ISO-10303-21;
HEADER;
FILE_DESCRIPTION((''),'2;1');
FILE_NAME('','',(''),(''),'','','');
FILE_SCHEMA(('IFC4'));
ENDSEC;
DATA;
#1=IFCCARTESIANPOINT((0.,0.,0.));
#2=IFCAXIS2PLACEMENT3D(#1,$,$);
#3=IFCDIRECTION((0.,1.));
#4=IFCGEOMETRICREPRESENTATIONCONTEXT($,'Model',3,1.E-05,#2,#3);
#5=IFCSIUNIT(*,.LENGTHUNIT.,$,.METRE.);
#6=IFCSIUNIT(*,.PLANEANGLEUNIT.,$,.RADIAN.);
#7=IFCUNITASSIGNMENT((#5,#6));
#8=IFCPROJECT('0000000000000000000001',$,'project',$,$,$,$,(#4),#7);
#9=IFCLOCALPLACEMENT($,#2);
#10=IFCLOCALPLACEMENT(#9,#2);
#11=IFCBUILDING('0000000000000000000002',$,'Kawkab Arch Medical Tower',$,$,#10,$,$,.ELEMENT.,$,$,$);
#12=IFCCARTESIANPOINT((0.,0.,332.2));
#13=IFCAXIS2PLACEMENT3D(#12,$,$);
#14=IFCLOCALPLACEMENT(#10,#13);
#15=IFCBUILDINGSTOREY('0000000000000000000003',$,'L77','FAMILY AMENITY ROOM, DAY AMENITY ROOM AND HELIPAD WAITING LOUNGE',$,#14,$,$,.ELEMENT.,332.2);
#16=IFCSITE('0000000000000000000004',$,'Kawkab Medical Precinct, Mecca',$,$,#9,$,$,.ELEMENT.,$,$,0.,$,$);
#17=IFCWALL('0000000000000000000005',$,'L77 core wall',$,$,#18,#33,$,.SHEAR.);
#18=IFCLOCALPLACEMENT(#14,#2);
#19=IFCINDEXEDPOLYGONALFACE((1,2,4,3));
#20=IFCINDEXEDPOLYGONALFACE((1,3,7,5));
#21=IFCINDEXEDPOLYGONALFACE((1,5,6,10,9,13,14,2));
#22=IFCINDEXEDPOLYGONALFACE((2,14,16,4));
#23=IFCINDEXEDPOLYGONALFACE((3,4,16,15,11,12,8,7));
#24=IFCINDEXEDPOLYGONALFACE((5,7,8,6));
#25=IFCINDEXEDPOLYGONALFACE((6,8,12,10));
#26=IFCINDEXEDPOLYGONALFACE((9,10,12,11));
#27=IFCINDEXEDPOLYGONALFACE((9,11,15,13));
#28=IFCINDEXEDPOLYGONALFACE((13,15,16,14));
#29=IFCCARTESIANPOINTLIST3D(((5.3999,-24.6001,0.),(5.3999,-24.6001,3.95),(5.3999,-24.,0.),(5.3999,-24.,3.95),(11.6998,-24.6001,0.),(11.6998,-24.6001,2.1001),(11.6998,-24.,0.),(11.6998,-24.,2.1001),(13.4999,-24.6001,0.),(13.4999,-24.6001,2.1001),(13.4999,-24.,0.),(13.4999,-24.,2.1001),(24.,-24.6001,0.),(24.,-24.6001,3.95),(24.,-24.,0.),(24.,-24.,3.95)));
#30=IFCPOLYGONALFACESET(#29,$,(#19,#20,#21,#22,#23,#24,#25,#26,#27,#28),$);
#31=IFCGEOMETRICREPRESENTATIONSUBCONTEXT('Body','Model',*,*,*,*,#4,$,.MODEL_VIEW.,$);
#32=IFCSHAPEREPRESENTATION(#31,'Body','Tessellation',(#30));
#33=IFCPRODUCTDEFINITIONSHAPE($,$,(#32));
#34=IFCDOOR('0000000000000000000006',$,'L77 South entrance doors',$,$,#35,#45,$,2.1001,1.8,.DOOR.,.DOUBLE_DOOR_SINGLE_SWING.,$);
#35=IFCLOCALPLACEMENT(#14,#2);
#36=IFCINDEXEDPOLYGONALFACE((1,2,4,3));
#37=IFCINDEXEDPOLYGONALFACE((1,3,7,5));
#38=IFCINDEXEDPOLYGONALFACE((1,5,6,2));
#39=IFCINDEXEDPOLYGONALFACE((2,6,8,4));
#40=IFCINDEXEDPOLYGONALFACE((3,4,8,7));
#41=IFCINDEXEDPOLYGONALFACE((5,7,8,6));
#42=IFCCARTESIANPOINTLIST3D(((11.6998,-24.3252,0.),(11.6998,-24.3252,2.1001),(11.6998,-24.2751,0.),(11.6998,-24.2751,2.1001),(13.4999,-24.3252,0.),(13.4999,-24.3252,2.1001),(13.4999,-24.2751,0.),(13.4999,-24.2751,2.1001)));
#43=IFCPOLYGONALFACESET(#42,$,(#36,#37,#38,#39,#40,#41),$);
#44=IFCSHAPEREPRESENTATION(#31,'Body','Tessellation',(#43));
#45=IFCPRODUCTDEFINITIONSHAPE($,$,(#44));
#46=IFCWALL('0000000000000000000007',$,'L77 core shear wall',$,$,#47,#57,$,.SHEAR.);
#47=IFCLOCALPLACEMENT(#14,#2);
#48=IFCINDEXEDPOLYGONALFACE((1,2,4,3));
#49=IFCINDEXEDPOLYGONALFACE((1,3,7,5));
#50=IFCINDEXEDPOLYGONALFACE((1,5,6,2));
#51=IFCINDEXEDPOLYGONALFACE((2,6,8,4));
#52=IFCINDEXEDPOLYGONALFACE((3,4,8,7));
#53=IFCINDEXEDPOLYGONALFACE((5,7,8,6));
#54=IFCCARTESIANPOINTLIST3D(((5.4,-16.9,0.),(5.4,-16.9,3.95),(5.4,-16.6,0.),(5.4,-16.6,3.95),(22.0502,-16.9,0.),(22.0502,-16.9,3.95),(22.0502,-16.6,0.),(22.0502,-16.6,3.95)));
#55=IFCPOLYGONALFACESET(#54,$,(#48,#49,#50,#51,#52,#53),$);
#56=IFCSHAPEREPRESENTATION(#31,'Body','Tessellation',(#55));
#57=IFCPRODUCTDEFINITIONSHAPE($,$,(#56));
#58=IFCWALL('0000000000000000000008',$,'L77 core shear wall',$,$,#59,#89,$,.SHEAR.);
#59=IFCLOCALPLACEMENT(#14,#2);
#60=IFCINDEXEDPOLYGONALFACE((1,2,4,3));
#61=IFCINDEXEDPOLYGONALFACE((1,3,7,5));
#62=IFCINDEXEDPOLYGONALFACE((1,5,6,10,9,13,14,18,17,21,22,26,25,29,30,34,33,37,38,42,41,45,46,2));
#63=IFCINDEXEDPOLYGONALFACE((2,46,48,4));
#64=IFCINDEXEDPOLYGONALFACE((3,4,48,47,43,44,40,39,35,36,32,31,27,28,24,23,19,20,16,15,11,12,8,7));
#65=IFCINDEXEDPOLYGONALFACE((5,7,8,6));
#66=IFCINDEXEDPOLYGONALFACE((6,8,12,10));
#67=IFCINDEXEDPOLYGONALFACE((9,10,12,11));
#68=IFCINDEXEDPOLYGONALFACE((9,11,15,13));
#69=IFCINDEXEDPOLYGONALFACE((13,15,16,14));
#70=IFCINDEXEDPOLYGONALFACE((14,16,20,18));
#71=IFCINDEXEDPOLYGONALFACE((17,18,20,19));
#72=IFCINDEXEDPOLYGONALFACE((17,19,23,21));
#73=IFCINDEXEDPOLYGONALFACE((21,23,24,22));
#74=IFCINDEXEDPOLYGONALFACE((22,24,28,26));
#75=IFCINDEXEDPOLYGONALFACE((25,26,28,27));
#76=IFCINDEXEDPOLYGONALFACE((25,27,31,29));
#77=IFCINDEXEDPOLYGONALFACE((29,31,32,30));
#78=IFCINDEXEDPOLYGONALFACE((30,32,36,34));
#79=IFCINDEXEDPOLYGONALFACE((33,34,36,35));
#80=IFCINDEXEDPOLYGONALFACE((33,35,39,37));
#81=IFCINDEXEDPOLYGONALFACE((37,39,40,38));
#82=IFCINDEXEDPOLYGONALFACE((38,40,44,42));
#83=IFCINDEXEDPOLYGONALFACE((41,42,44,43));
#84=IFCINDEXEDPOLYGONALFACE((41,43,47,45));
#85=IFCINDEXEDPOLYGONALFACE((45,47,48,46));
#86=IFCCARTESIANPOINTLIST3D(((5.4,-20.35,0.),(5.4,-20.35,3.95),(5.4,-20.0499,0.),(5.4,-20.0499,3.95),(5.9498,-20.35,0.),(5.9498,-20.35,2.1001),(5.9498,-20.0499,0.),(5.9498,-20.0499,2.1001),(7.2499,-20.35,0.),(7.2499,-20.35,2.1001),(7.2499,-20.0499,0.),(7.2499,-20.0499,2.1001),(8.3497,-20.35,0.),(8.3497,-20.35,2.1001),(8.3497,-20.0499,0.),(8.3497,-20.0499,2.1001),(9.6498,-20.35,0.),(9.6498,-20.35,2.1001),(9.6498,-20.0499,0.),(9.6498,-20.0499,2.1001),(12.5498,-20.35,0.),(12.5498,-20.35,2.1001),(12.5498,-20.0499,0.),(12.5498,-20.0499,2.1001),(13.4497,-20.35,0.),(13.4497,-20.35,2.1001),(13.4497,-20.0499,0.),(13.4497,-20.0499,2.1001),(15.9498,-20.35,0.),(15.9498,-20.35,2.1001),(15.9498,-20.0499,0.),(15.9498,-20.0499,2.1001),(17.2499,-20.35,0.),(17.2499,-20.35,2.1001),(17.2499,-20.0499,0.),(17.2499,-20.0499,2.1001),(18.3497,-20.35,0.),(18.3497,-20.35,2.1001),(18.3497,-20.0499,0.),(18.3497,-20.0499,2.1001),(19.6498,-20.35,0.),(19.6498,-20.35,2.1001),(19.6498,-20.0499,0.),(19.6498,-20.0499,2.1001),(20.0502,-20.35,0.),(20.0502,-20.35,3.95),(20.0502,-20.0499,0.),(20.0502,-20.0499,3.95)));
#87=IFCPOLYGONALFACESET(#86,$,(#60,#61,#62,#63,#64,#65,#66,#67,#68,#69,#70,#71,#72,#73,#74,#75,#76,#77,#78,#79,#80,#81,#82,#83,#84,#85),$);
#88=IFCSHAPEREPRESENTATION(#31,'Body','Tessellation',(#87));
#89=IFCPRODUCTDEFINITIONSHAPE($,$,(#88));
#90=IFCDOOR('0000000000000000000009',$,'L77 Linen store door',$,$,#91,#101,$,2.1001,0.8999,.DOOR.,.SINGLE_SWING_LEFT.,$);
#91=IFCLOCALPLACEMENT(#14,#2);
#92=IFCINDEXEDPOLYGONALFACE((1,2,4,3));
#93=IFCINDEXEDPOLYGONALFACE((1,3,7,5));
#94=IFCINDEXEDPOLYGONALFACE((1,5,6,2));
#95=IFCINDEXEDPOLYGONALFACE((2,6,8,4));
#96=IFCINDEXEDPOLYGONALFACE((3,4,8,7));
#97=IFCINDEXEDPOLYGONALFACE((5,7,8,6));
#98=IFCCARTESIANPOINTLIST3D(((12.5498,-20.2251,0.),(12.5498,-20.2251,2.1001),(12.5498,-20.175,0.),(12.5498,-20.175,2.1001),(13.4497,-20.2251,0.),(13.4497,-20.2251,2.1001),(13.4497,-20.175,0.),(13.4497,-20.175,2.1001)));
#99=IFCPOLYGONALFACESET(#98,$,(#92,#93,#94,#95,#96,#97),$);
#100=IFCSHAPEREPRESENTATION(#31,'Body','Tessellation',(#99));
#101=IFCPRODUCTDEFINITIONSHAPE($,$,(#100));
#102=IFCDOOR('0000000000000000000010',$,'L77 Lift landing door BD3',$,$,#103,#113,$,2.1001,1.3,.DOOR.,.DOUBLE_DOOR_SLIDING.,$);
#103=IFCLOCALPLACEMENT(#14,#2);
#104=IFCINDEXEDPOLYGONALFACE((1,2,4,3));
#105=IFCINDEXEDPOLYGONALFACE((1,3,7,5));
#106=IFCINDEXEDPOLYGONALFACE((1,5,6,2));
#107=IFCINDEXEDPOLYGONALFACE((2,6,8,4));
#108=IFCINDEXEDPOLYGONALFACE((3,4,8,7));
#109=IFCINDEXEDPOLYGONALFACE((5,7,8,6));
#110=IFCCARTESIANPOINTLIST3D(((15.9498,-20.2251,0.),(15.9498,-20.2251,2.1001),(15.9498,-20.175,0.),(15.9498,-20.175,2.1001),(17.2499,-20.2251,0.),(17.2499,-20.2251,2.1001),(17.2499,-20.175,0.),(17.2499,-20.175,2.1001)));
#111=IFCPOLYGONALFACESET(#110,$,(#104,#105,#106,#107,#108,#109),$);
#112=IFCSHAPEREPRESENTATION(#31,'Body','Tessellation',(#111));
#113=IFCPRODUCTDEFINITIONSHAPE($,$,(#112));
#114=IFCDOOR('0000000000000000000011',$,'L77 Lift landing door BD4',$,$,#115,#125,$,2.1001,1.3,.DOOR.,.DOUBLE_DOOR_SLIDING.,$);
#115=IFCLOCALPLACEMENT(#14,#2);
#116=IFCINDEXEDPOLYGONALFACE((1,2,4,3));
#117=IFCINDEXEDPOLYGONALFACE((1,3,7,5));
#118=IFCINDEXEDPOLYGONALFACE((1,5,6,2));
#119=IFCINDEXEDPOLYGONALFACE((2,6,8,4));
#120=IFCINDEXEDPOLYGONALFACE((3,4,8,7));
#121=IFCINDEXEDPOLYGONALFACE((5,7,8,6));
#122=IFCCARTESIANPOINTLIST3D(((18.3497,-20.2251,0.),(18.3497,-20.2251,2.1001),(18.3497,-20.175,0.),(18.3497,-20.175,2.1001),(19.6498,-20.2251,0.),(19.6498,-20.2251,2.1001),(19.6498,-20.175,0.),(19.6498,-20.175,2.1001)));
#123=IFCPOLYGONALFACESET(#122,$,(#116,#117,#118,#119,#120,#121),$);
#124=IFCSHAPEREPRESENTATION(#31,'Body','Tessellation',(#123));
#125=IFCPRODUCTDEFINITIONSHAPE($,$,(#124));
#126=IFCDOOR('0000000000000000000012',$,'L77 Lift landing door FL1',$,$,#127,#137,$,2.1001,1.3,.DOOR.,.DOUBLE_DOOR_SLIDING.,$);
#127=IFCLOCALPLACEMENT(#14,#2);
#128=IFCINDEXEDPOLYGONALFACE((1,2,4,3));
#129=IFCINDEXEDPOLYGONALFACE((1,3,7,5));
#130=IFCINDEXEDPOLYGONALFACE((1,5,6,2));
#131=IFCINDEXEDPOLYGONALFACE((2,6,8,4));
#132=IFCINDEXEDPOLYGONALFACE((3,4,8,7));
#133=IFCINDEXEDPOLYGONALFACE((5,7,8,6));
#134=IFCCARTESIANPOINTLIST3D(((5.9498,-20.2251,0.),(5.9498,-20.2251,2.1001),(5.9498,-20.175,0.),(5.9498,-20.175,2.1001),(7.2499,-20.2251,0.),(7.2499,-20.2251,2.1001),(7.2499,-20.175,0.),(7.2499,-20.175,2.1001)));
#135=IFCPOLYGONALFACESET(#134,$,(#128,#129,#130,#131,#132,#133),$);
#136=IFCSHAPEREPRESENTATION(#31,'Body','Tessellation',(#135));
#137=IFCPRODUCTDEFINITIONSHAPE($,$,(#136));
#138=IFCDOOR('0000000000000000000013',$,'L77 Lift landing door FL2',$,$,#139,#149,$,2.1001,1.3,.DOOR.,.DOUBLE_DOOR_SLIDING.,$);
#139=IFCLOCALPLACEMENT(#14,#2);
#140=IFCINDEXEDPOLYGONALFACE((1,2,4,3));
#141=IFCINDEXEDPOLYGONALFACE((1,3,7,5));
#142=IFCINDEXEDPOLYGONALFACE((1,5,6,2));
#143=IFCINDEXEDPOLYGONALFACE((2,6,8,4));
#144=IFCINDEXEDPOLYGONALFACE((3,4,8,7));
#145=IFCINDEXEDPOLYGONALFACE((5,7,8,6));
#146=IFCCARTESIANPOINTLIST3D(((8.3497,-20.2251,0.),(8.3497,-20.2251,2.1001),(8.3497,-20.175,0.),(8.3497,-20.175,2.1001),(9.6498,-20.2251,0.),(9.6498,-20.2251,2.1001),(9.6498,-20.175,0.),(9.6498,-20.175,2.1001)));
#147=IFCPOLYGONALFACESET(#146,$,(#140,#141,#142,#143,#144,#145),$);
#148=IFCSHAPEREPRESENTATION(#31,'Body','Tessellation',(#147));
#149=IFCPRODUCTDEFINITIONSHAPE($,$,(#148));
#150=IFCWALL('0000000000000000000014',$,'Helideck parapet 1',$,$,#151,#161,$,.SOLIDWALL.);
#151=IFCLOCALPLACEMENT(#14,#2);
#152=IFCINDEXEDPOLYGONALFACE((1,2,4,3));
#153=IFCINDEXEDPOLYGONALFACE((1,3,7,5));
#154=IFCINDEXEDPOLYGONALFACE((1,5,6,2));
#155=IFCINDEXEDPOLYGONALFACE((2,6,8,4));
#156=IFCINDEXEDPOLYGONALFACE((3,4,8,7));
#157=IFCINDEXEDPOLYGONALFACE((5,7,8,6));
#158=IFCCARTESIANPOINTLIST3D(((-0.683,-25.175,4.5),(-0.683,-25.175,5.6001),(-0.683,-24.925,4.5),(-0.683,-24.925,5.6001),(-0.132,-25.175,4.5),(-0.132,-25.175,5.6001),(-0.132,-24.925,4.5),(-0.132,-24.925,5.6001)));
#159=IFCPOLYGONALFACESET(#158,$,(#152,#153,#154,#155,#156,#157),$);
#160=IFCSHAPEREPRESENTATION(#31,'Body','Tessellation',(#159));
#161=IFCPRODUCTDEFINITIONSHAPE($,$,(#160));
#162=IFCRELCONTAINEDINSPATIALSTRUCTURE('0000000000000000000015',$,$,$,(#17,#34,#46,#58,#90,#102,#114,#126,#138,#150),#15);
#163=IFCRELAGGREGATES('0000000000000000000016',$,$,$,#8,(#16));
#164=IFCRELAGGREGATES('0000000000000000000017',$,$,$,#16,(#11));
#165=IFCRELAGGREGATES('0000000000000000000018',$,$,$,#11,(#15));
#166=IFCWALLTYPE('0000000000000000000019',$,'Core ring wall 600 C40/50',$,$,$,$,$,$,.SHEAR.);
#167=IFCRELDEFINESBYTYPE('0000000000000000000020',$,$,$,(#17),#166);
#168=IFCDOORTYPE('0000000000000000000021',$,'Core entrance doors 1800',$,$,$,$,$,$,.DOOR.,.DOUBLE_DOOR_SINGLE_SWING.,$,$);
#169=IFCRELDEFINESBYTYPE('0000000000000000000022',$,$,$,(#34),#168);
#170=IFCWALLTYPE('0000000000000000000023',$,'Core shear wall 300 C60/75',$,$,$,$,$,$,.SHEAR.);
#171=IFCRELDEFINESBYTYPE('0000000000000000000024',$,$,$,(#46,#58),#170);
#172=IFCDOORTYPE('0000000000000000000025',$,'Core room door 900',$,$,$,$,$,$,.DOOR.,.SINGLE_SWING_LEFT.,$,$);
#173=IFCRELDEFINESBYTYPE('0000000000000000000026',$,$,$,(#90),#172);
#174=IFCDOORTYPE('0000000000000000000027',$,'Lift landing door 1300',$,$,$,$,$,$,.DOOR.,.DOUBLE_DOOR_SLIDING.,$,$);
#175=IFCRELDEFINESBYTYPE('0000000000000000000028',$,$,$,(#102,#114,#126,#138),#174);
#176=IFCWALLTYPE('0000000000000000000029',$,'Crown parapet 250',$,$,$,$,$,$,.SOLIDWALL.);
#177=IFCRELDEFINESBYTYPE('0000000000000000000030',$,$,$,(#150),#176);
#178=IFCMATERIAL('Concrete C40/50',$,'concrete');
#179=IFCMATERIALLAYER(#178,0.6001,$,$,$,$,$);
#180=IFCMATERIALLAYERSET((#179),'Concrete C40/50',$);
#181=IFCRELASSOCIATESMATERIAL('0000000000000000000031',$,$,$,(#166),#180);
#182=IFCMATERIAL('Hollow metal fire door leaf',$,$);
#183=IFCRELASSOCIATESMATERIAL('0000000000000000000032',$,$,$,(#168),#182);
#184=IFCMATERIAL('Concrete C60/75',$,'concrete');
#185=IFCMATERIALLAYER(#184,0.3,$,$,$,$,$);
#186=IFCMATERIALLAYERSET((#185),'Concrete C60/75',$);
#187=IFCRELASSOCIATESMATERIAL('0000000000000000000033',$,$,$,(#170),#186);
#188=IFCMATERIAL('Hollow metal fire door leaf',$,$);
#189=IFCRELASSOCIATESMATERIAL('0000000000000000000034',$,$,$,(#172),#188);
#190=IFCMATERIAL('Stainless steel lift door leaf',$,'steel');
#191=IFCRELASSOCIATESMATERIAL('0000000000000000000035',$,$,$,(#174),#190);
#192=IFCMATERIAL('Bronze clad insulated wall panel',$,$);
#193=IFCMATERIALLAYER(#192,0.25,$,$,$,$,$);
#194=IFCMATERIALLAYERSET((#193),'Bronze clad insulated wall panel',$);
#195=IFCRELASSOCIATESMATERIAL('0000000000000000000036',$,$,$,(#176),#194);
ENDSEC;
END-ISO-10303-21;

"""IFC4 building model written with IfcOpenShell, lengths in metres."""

from ifc_helpers import new_model, si_unit, direction, frame, frame_2d, origin, place, context, subcontext, project, spatial, rectangle, extrude, material, layer, layer_set, type_object, element, fill, save


model = new_model("IFC4")

# Units and contexts
model_context = context("Model", 3, precision=1e-05, world=origin(), true_north=direction((0.0, 1.0)))
body_context = subcontext(model_context, "Body", "Model", "MODEL_VIEW")
ifc_project = project(units=[si_unit("LENGTHUNIT", "METRE"), si_unit("PLANEANGLEUNIT", "RADIAN")], contexts=[model_context])

# Site, building, storey
site_placement = place(None, origin())
site = spatial("IfcSite", under=ifc_project, at=site_placement, Name="Kawkab Medical Precinct, Mecca", CompositionType="ELEMENT", RefElevation=0.0)
building_placement = place(site_placement, origin())
building = spatial("IfcBuilding", under=site, at=building_placement, Name="Kawkab Arch Medical Tower", CompositionType="ELEMENT")
storey_placement = place(building_placement, frame((0.0, 0.0, 332.2)))
storey = spatial("IfcBuildingStorey", under=building, at=storey_placement, Name="L77", Description="FAMILY AMENITY ROOM, DAY AMENITY ROOM AND HELIPAD WAITING LOUNGE", CompositionType="ELEMENT", Elevation=332.2)

# Wall, opening, door
ifc_material_1 = material(Name="Concrete C40/50", Category="concrete")
ifc_layer_1 = layer(ifc_material_1, 0.6001)
ifc_layer_set_1 = layer_set([ifc_layer_1], Name="Concrete C40/50")
wall_type_1 = type_object("IfcWallType", Name="Core ring wall 600 C40/50", PredefinedType="SHEAR", material=ifc_layer_set_1)
wall_1_placement = place(storey_placement, frame((5.3999, -24.3, 0.0), z_axis=(0.0, 0.0, 1.0), x_axis=(1.0, 0.0, 0.0)))
wall_1 = element("IfcWall", 1, at=wall_1_placement, inside=storey, type_object=wall_type_1, Name="L77 core wall", PredefinedType="SHEAR", context=body_context, shape_type="SweptSolid", body=[
    extrude(rectangle(XDim=18.6001, YDim=0.6001, at=frame_2d((9.3, 0.0))), origin(), (0.0, 0.0, 1.0), 3.95),
])
opening_1_placement = place(wall_1_placement, frame((6.3, 0.0, 0.0)))
opening_1 = element("IfcOpeningElement", 2, at=opening_1_placement, cuts=wall_1, PredefinedType="OPENING", context=body_context, shape_type="SweptSolid", body=[
    extrude(rectangle(XDim=1.8, YDim=2.1001, at=frame_2d((0.8999, 1.05))), frame((0.0, 0.3101, 0.0), z_axis=(0.0, -1.0, 0.0), x_axis=(1.0, 0.0, 0.0)), (0.0, 0.0, 1.0), 0.6201),
])
ifc_material_2 = material(Name="Hollow metal fire door leaf")
door_type_1 = type_object("IfcDoorType", Name="Core entrance doors 1800", OperationType="DOUBLE_DOOR_SINGLE_SWING", PredefinedType="DOOR", material=ifc_material_2)
door_1_placement = place(opening_1_placement, origin())
door_1 = element("IfcDoor", 3, at=door_1_placement, inside=storey, type_object=door_type_1, Name="L77 South entrance doors", OperationType="DOUBLE_DOOR_SINGLE_SWING", OverallHeight=2.1001, OverallWidth=1.8, PredefinedType="DOOR", context=body_context, shape_type="SweptSolid", body=[
    extrude(rectangle(XDim=1.8, YDim=2.1001, at=frame_2d((0.8999, 1.05))), frame((0.0, 0.0249, 0.0), z_axis=(0.0, -1.0, 0.0), x_axis=(1.0, 0.0, 0.0)), (0.0, 0.0, 1.0), 0.05),
])
fill(opening_1, door_1)

# Wall
ifc_material_3 = material(Name="Concrete C60/75", Category="concrete")
ifc_layer_2 = layer(ifc_material_3, 0.3)
ifc_layer_set_2 = layer_set([ifc_layer_2], Name="Concrete C60/75")
wall_type_2 = type_object("IfcWallType", Name="Core shear wall 300 C60/75", PredefinedType="SHEAR", material=ifc_layer_set_2)
wall_2_placement = place(storey_placement, frame((5.3999, -16.75, 0.0), z_axis=(0.0, 0.0, 1.0), x_axis=(1.0, 0.0, 0.0)))
element("IfcWall", 4, at=wall_2_placement, inside=storey, type_object=wall_type_2, Name="L77 core shear wall", PredefinedType="SHEAR", context=body_context, shape_type="SweptSolid", body=[
    extrude(rectangle(XDim=16.6501, YDim=0.3, at=frame_2d((8.3252, 0.0))), origin(), (0.0, 0.0, 1.0), 3.95),
])

# Wall, openings, doors
wall_3_placement = place(storey_placement, frame((5.3999, -20.2, 0.0), z_axis=(0.0, 0.0, 1.0), x_axis=(1.0, 0.0, 0.0)))
wall_3 = element("IfcWall", 5, at=wall_3_placement, inside=storey, type_object=wall_type_2, Name="L77 core shear wall", PredefinedType="SHEAR", context=body_context, shape_type="SweptSolid", body=[
    extrude(rectangle(XDim=14.6501, YDim=0.3, at=frame_2d((7.3252, 0.0))), origin(), (0.0, 0.0, 1.0), 3.95),
])
opening_2_placement = place(wall_3_placement, frame((10.55, 0.0, 0.0)))
opening_2 = element("IfcOpeningElement", 6, at=opening_2_placement, cuts=wall_3, PredefinedType="OPENING", context=body_context, shape_type="SweptSolid", body=[
    extrude(rectangle(XDim=1.3, YDim=2.1001, at=frame_2d((0.6499, 1.05))), frame((0.0, 0.1599, 0.0), z_axis=(0.0, -1.0, 0.0), x_axis=(1.0, 0.0, 0.0)), (0.0, 0.0, 1.0), 0.3201),
])
opening_3_placement = place(wall_3_placement, frame((12.95, 0.0, 0.0)))
opening_3 = element("IfcOpeningElement", 7, at=opening_3_placement, cuts=wall_3, PredefinedType="OPENING", context=body_context, shape_type="SweptSolid", body=[
    extrude(rectangle(XDim=1.3, YDim=2.1001, at=frame_2d((0.6499, 1.05))), frame((0.0, 0.1599, 0.0), z_axis=(0.0, -1.0, 0.0), x_axis=(1.0, 0.0, 0.0)), (0.0, 0.0, 1.0), 0.3201),
])
opening_4_placement = place(wall_3_placement, frame((0.55, 0.0, 0.0)))
opening_4 = element("IfcOpeningElement", 8, at=opening_4_placement, cuts=wall_3, PredefinedType="OPENING", context=body_context, shape_type="SweptSolid", body=[
    extrude(rectangle(XDim=1.3, YDim=2.1001, at=frame_2d((0.6499, 1.05))), frame((0.0, 0.1599, 0.0), z_axis=(0.0, -1.0, 0.0), x_axis=(1.0, 0.0, 0.0)), (0.0, 0.0, 1.0), 0.3201),
])
opening_5_placement = place(wall_3_placement, frame((2.95, 0.0, 0.0)))
opening_5 = element("IfcOpeningElement", 9, at=opening_5_placement, cuts=wall_3, PredefinedType="OPENING", context=body_context, shape_type="SweptSolid", body=[
    extrude(rectangle(XDim=1.3, YDim=2.1001, at=frame_2d((0.6499, 1.05))), frame((0.0, 0.1599, 0.0), z_axis=(0.0, -1.0, 0.0), x_axis=(1.0, 0.0, 0.0)), (0.0, 0.0, 1.0), 0.3201),
])
opening_6_placement = place(wall_3_placement, frame((7.1499, 0.0, 0.0)))
opening_6 = element("IfcOpeningElement", 10, at=opening_6_placement, cuts=wall_3, PredefinedType="OPENING", context=body_context, shape_type="SweptSolid", body=[
    extrude(rectangle(XDim=0.8999, YDim=2.1001, at=frame_2d((0.45, 1.05))), frame((0.0, 0.1599, 0.0), z_axis=(0.0, -1.0, 0.0), x_axis=(1.0, 0.0, 0.0)), (0.0, 0.0, 1.0), 0.3201),
])
ifc_material_4 = material(Name="Hollow metal fire door leaf")
door_type_2 = type_object("IfcDoorType", Name="Core room door 900", OperationType="SINGLE_SWING_LEFT", PredefinedType="DOOR", material=ifc_material_4)
door_2_placement = place(opening_6_placement, origin())
door_2 = element("IfcDoor", 11, at=door_2_placement, inside=storey, type_object=door_type_2, Name="L77 Linen store door", OperationType="SINGLE_SWING_LEFT", OverallHeight=2.1001, OverallWidth=0.8999, PredefinedType="DOOR", context=body_context, shape_type="SweptSolid", body=[
    extrude(rectangle(XDim=0.8999, YDim=2.1001, at=frame_2d((0.45, 1.05))), frame((0.0, 0.0249, 0.0), z_axis=(0.0, -1.0, 0.0), x_axis=(1.0, 0.0, 0.0)), (0.0, 0.0, 1.0), 0.05),
])
fill(opening_6, door_2)
ifc_material_5 = material(Name="Stainless steel lift door leaf", Category="steel")
door_type_3 = type_object("IfcDoorType", Name="Lift landing door 1300", OperationType="DOUBLE_DOOR_SLIDING", PredefinedType="DOOR", material=ifc_material_5)
door_3_placement = place(opening_2_placement, origin())
door_3 = element("IfcDoor", 12, at=door_3_placement, inside=storey, type_object=door_type_3, Name="L77 Lift landing door BD3", OperationType="DOUBLE_DOOR_SLIDING", OverallHeight=2.1001, OverallWidth=1.3, PredefinedType="DOOR", context=body_context, shape_type="SweptSolid", body=[
    extrude(rectangle(XDim=1.3, YDim=2.1001, at=frame_2d((0.6499, 1.05))), frame((0.0, 0.0249, 0.0), z_axis=(0.0, -1.0, 0.0), x_axis=(1.0, 0.0, 0.0)), (0.0, 0.0, 1.0), 0.05),
])
fill(opening_2, door_3)
door_4_placement = place(opening_3_placement, origin())
door_4 = element("IfcDoor", 13, at=door_4_placement, inside=storey, type_object=door_type_3, Name="L77 Lift landing door BD4", OperationType="DOUBLE_DOOR_SLIDING", OverallHeight=2.1001, OverallWidth=1.3, PredefinedType="DOOR", context=body_context, shape_type="SweptSolid", body=[
    extrude(rectangle(XDim=1.3, YDim=2.1001, at=frame_2d((0.6499, 1.05))), frame((0.0, 0.0249, 0.0), z_axis=(0.0, -1.0, 0.0), x_axis=(1.0, 0.0, 0.0)), (0.0, 0.0, 1.0), 0.05),
])
fill(opening_3, door_4)
door_5_placement = place(opening_4_placement, origin())
door_5 = element("IfcDoor", 14, at=door_5_placement, inside=storey, type_object=door_type_3, Name="L77 Lift landing door FL1", OperationType="DOUBLE_DOOR_SLIDING", OverallHeight=2.1001, OverallWidth=1.3, PredefinedType="DOOR", context=body_context, shape_type="SweptSolid", body=[
    extrude(rectangle(XDim=1.3, YDim=2.1001, at=frame_2d((0.6499, 1.05))), frame((0.0, 0.0249, 0.0), z_axis=(0.0, -1.0, 0.0), x_axis=(1.0, 0.0, 0.0)), (0.0, 0.0, 1.0), 0.05),
])
fill(opening_4, door_5)
door_6_placement = place(opening_5_placement, origin())
door_6 = element("IfcDoor", 15, at=door_6_placement, inside=storey, type_object=door_type_3, Name="L77 Lift landing door FL2", OperationType="DOUBLE_DOOR_SLIDING", OverallHeight=2.1001, OverallWidth=1.3, PredefinedType="DOOR", context=body_context, shape_type="SweptSolid", body=[
    extrude(rectangle(XDim=1.3, YDim=2.1001, at=frame_2d((0.6499, 1.05))), frame((0.0, 0.0249, 0.0), z_axis=(0.0, -1.0, 0.0), x_axis=(1.0, 0.0, 0.0)), (0.0, 0.0, 1.0), 0.05),
])
fill(opening_5, door_6)

# Wall
ifc_material_6 = material(Name="Bronze clad insulated wall panel")
ifc_layer_3 = layer(ifc_material_6, 0.25)
ifc_layer_set_3 = layer_set([ifc_layer_3], Name="Bronze clad insulated wall panel")
wall_type_3 = type_object("IfcWallType", Name="Crown parapet 250", PredefinedType="SOLIDWALL", material=ifc_layer_set_3)
wall_4_placement = place(storey_placement, frame((-0.1321, -25.05, 4.5), z_axis=(0.0, 0.0, 1.0), x_axis=(-1.0, 0.0, 0.0)))
element("IfcWall", 16, at=wall_4_placement, inside=storey, type_object=wall_type_3, Name="Helideck parapet 1", PredefinedType="SOLIDWALL", context=body_context, shape_type="SweptSolid", body=[
    extrude(rectangle(XDim=0.551, YDim=0.25, at=frame_2d((0.2754, 0.0))), origin(), (0.0, 0.0, 1.0), 1.1001),
])

save(model, "model.ifc")
